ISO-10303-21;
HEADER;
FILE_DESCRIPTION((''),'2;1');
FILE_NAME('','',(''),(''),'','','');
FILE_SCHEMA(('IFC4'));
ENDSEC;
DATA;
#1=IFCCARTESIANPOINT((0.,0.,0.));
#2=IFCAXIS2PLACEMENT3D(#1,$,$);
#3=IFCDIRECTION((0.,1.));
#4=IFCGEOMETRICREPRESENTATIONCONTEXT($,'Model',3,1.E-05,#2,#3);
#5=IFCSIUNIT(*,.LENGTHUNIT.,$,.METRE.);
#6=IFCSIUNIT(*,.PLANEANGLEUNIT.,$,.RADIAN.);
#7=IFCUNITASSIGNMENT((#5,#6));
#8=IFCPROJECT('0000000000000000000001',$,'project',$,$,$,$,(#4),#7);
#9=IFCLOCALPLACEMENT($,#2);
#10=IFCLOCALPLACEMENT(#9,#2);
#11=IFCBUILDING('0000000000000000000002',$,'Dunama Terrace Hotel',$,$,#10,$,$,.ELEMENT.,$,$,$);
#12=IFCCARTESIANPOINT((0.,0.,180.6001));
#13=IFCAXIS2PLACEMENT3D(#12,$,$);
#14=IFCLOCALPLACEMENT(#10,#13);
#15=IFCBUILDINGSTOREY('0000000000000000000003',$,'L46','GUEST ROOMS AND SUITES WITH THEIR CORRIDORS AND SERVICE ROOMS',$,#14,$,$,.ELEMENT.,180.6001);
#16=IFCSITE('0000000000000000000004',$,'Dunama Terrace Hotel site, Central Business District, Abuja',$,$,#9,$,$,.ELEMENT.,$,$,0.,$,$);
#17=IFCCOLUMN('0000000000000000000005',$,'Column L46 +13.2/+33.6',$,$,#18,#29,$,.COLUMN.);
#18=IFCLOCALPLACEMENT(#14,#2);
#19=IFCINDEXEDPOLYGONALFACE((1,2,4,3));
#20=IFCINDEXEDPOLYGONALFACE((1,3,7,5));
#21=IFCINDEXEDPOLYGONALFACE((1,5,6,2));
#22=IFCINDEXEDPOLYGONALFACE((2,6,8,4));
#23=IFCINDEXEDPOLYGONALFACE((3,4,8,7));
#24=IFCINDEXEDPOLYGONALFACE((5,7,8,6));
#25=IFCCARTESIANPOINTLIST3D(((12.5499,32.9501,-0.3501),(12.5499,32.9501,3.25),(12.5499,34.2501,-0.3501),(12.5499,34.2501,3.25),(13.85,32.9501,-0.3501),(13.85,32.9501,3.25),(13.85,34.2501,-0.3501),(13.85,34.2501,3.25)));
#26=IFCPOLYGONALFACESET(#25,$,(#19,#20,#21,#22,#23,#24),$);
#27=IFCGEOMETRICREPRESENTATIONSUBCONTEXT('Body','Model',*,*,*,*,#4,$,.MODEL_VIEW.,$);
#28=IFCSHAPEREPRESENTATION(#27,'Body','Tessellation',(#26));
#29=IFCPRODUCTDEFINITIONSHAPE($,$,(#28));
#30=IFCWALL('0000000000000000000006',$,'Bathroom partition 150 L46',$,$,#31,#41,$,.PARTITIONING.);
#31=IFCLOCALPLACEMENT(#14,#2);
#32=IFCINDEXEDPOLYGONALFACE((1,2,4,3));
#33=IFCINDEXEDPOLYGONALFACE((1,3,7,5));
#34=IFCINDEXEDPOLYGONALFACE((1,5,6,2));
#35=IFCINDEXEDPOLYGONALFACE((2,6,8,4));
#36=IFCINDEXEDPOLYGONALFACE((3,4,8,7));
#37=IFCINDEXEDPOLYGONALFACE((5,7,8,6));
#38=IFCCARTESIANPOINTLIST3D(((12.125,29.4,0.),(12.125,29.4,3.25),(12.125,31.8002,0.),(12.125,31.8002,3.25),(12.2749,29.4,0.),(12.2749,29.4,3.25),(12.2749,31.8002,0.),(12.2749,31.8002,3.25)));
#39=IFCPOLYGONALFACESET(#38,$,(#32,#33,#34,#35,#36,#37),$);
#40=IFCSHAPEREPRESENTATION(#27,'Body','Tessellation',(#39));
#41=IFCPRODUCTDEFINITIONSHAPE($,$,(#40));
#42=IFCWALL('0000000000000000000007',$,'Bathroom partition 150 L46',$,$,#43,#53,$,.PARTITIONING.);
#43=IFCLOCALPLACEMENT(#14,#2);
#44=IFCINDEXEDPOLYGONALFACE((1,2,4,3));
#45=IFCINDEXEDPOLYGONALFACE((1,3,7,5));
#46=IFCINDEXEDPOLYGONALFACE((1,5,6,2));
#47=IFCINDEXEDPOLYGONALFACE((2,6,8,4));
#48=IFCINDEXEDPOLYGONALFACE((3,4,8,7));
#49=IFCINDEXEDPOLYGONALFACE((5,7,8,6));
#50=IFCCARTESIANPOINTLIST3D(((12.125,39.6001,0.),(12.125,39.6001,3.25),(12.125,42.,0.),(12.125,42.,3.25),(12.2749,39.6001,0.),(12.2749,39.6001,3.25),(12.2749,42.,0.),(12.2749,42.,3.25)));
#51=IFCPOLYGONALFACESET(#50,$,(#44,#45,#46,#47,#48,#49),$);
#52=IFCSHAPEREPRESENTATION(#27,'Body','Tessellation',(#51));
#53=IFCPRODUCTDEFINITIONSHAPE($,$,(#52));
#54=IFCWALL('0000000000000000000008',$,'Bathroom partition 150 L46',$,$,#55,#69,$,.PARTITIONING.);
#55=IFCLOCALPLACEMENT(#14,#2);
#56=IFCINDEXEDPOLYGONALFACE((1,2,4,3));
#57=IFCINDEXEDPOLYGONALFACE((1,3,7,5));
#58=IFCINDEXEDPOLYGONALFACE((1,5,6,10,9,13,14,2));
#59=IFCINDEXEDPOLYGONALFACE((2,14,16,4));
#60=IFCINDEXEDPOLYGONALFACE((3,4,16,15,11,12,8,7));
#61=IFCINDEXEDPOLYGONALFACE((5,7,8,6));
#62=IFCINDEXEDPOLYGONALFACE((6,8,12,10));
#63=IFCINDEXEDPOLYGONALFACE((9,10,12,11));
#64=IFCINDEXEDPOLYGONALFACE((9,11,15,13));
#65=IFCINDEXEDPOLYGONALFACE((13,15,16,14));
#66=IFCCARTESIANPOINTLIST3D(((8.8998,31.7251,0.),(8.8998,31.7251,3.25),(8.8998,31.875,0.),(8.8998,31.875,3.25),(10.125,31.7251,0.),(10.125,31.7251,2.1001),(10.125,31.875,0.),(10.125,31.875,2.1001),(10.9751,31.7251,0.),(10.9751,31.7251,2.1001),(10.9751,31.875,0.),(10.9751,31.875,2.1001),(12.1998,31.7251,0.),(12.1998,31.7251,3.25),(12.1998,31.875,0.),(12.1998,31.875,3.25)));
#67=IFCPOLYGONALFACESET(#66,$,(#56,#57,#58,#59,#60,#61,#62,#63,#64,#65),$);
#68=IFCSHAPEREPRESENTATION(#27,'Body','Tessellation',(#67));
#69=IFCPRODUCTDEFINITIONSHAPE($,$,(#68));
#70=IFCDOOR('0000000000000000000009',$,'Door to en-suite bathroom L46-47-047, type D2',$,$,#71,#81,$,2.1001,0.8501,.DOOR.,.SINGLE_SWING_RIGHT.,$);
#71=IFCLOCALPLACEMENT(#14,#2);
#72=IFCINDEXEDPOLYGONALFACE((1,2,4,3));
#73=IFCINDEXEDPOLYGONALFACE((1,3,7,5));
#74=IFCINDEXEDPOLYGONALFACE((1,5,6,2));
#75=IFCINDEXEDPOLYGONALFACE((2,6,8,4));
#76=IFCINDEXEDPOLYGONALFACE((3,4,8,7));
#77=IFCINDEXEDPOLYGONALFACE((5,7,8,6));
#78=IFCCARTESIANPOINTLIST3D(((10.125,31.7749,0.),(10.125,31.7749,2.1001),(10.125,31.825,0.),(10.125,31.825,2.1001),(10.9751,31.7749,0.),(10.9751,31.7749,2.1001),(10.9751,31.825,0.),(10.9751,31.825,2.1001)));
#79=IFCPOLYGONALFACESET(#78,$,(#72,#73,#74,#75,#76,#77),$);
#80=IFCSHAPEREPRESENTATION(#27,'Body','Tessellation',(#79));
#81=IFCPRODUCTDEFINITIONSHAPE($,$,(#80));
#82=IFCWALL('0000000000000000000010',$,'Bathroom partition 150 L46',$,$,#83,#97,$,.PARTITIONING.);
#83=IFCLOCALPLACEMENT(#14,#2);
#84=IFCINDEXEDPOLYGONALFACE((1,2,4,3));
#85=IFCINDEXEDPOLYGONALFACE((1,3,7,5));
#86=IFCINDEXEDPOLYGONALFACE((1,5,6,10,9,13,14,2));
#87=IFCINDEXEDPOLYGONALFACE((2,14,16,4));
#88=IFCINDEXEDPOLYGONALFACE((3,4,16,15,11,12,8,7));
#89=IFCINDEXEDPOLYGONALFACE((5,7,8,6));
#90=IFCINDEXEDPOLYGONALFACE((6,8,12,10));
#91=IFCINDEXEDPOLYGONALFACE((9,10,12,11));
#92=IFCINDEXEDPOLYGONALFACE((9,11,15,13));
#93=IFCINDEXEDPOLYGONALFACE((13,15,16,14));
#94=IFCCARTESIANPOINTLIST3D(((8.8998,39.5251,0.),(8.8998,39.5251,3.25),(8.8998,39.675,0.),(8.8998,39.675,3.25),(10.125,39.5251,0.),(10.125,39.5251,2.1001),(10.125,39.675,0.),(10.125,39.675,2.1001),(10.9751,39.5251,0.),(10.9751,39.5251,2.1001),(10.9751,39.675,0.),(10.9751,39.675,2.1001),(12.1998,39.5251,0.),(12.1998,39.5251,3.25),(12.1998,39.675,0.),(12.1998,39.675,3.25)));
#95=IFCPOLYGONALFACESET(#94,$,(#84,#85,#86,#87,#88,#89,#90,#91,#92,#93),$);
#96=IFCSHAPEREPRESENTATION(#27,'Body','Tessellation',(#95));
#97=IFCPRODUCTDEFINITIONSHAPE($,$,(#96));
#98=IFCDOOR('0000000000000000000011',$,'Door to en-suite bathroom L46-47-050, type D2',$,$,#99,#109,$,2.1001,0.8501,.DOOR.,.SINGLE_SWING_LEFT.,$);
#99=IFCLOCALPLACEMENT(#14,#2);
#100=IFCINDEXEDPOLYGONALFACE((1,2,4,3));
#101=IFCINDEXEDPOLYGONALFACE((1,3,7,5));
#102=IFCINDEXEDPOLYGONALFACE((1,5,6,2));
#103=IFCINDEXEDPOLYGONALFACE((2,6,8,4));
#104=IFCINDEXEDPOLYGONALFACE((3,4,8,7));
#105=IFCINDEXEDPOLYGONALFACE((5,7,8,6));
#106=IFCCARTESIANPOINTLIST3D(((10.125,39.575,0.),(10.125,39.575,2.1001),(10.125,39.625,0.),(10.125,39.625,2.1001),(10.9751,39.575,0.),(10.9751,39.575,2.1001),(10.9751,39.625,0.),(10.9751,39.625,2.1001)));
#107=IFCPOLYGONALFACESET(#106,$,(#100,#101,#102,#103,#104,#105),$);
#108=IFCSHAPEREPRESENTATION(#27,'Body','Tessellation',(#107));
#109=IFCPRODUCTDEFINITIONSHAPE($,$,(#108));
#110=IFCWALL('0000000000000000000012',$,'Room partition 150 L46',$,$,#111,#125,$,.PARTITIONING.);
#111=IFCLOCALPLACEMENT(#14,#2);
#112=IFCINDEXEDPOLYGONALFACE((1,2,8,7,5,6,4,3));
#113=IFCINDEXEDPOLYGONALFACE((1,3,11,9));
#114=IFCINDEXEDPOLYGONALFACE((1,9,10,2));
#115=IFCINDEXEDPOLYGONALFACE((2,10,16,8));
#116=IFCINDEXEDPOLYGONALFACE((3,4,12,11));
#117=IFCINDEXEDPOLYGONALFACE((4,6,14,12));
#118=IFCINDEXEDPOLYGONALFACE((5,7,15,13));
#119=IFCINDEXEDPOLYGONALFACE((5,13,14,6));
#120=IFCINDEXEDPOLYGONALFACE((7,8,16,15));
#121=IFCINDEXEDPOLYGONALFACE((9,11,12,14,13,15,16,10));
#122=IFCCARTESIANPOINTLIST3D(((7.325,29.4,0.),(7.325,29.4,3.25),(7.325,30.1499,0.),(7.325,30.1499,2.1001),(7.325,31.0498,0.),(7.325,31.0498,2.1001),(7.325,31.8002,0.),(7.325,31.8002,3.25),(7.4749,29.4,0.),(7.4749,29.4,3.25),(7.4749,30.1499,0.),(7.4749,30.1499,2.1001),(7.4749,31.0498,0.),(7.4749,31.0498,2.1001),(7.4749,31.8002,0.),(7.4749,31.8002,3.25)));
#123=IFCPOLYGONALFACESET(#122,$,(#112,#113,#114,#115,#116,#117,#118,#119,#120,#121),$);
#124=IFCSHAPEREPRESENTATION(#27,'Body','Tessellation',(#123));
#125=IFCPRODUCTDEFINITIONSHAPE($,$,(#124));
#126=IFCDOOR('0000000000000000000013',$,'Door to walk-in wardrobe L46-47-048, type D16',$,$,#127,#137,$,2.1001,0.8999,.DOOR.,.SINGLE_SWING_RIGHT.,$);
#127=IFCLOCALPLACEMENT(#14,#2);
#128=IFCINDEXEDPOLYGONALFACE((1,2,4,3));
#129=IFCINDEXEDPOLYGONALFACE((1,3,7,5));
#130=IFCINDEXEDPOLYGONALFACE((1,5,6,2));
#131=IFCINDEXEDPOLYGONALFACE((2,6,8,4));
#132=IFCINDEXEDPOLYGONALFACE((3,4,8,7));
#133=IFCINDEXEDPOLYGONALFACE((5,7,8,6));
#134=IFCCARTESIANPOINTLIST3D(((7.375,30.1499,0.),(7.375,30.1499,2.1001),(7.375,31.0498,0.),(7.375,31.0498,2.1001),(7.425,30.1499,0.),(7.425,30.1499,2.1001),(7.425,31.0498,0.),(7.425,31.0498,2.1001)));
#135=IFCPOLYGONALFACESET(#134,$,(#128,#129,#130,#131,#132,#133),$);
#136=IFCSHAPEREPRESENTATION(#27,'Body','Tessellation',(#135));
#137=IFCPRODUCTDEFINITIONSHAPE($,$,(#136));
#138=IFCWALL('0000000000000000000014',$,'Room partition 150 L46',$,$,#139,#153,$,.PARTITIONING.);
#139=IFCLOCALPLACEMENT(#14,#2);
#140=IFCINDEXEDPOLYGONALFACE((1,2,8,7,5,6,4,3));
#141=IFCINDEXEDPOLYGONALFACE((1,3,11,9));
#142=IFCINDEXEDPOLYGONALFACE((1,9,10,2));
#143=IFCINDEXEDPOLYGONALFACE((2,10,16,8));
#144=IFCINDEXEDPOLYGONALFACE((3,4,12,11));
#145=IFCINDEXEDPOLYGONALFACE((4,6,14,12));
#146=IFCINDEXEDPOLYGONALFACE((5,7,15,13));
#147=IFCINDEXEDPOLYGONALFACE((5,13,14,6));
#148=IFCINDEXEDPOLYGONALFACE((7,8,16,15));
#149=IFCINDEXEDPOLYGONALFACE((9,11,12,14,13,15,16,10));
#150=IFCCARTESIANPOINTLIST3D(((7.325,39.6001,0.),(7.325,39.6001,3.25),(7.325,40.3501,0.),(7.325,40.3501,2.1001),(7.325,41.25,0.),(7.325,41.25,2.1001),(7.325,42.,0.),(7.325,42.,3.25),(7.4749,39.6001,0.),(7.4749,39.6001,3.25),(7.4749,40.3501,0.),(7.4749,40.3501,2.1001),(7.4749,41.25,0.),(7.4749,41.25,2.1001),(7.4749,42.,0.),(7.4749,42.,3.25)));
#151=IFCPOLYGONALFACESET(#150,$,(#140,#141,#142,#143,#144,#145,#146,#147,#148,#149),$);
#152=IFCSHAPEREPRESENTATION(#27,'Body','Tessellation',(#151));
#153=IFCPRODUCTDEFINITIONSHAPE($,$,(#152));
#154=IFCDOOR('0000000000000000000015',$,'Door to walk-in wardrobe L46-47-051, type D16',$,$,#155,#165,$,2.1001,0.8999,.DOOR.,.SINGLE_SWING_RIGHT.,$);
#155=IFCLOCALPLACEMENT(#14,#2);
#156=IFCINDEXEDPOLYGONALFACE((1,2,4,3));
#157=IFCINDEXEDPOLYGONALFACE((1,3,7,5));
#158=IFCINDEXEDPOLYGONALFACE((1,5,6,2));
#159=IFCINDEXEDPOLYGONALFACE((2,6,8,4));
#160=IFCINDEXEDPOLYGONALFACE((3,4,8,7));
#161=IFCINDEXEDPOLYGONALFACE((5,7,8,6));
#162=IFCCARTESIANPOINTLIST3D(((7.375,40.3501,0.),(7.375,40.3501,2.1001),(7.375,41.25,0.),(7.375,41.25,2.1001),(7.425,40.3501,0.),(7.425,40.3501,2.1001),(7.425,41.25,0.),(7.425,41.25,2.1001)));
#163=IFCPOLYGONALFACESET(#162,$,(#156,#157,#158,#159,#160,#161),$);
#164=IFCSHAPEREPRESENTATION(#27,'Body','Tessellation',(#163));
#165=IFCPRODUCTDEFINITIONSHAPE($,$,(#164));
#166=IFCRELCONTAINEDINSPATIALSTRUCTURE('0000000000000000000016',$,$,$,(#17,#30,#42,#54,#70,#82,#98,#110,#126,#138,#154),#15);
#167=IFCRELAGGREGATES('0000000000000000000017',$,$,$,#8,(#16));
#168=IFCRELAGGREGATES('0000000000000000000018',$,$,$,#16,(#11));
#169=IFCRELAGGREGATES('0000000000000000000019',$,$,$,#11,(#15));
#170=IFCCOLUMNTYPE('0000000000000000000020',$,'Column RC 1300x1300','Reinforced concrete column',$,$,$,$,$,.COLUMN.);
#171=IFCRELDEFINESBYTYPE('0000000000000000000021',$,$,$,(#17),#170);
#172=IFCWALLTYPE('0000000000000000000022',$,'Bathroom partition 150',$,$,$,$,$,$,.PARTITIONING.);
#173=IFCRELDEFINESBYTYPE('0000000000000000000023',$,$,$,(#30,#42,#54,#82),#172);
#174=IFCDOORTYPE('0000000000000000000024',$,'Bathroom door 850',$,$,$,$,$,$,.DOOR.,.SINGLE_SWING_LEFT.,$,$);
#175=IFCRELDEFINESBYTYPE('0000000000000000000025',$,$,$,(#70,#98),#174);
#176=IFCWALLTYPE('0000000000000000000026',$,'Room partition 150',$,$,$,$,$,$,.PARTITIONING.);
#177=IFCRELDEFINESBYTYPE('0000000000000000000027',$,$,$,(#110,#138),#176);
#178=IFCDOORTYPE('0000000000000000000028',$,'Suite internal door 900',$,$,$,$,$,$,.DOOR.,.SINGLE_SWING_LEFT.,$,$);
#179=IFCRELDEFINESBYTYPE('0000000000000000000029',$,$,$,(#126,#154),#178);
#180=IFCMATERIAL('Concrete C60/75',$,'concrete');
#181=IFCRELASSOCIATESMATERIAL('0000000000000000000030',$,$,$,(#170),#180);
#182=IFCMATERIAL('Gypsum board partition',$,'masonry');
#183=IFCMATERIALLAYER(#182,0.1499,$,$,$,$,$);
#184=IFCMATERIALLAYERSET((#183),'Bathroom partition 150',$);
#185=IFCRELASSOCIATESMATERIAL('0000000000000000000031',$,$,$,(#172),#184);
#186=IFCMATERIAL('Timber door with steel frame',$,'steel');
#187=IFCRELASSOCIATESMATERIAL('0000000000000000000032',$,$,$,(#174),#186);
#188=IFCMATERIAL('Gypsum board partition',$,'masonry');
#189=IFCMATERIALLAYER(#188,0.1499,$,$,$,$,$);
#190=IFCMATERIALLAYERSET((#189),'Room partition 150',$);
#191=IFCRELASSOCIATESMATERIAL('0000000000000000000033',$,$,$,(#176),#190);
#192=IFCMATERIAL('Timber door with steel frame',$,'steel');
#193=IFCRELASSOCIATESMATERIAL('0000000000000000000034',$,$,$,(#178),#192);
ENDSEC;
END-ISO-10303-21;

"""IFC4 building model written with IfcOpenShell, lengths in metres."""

from ifc_helpers import new_model, si_unit, direction, frame, frame_2d, origin, origin_2d, place, context, subcontext, project, spatial, rectangle, extrude, material, layer, layer_set, material_profile, profile_set, type_object, element, fill, save


model = new_model("IFC4")

# Units and contexts
model_context = context("Model", 3, precision=1e-05, world=origin(), true_north=direction((0.0, 1.0)))
body_context = subcontext(model_context, "Body", "Model", "MODEL_VIEW")
ifc_project = project(units=[si_unit("LENGTHUNIT", "METRE"), si_unit("PLANEANGLEUNIT", "RADIAN")], contexts=[model_context])

# Site, building, storey
site_placement = place(None, origin())
site = spatial("IfcSite", under=ifc_project, at=site_placement, Name="Dunama Terrace Hotel site, Central Business District, Abuja", CompositionType="ELEMENT", RefElevation=0.0)
building_placement = place(site_placement, origin())
building = spatial("IfcBuilding", under=site, at=building_placement, Name="Dunama Terrace Hotel", CompositionType="ELEMENT")
storey_placement = place(building_placement, frame((0.0, 0.0, 180.6001)))
storey = spatial("IfcBuildingStorey", under=building, at=storey_placement, Name="L46", Description="GUEST ROOMS AND SUITES WITH THEIR CORRIDORS AND SERVICE ROOMS", CompositionType="ELEMENT", Elevation=180.6001)

# Column
ifc_material_1 = material(Name="Concrete C60/75", Category="concrete")
ifc_material_profile = material_profile(ifc_material_1, rectangle(XDim=1.3, YDim=1.3, at=origin_2d()), Name="RC 1300x1300")
ifc_profile_set = profile_set([ifc_material_profile], Name="Concrete C60/75")
column_type = type_object("IfcColumnType", Name="Column RC 1300x1300", Description="Reinforced concrete column", PredefinedType="COLUMN", material=ifc_profile_set)
column_placement = place(storey_placement, frame((13.2, 33.6001, -0.3501), z_axis=(0.0, 0.0, 1.0), x_axis=(1.0, 0.0, 0.0)))
element("IfcColumn", 1, at=column_placement, inside=storey, type_object=column_type, Name="Column L46 +13.2/+33.6", PredefinedType="COLUMN", context=body_context, shape_type="SweptSolid", body=[
    extrude(rectangle(XDim=1.3, YDim=1.3, at=origin_2d()), origin(), (0.0, 0.0, 1.0), 3.6001),
])

# Walls
ifc_material_2 = material(Name="Gypsum board partition", Category="masonry")
ifc_layer_1 = layer(ifc_material_2, 0.1499)
ifc_layer_set_1 = layer_set([ifc_layer_1], Name="Bathroom partition 150")
wall_type_1 = type_object("IfcWallType", Name="Bathroom partition 150", PredefinedType="PARTITIONING", material=ifc_layer_set_1)
wall_1_placement = place(storey_placement, frame((12.2, 29.3999, 0.0), z_axis=(0.0, 0.0, 1.0), x_axis=(0.0, 1.0, 0.0)))
element("IfcWall", 2, at=wall_1_placement, inside=storey, type_object=wall_type_1, Name="Bathroom partition 150 L46", PredefinedType="PARTITIONING", context=body_context, shape_type="SweptSolid", body=[
    extrude(rectangle(XDim=2.4001, YDim=0.1499, at=frame_2d((1.2002, 0.0))), origin(), (0.0, 0.0, 1.0), 3.25),
])
wall_2_placement = place(storey_placement, frame((12.2, 39.6001, 0.0), z_axis=(0.0, 0.0, 1.0), x_axis=(0.0, 1.0, 0.0)))
element("IfcWall", 3, at=wall_2_placement, inside=storey, type_object=wall_type_1, Name="Bathroom partition 150 L46", PredefinedType="PARTITIONING", context=body_context, shape_type="SweptSolid", body=[
    extrude(rectangle(XDim=2.3999, YDim=0.1499, at=frame_2d((1.2, 0.0))), origin(), (0.0, 0.0, 1.0), 3.25),
])

# Walls, openings, doors
wall_3_placement = place(storey_placement, frame((8.8999, 31.8, 0.0), z_axis=(0.0, 0.0, 1.0), x_axis=(1.0, 0.0, 0.0)))
wall_3 = element("IfcWall", 4, at=wall_3_placement, inside=storey, type_object=wall_type_1, Name="Bathroom partition 150 L46", PredefinedType="PARTITIONING", context=body_context, shape_type="SweptSolid", body=[
    extrude(rectangle(XDim=3.3, YDim=0.1499, at=frame_2d((1.6499, 0.0))), origin(), (0.0, 0.0, 1.0), 3.25),
])
opening_1_placement = place(wall_3_placement, frame((1.2251, 0.0, 0.0)))
opening_1 = element("IfcOpeningElement", 5, at=opening_1_placement, cuts=wall_3, PredefinedType="OPENING", context=body_context, shape_type="SweptSolid", body=[
    extrude(rectangle(XDim=0.8501, YDim=2.1001, at=frame_2d((0.425, 1.05))), frame((0.0, 0.085, 0.0), z_axis=(0.0, -1.0, 0.0), x_axis=(1.0, 0.0, 0.0)), (0.0, 0.0, 1.0), 0.1699),
])
ifc_material_3 = material(Name="Timber door with steel frame", Category="steel")
door_type_1 = type_object("IfcDoorType", Name="Bathroom door 850", OperationType="SINGLE_SWING_LEFT", PredefinedType="DOOR", material=ifc_material_3)
door_1_placement = place(opening_1_placement, frame((0.8501, 0.0, 0.0), z_axis=(0.0, 0.0, 1.0), x_axis=(-1.0, 0.0, 0.0)))
door_1 = element("IfcDoor", 6, at=door_1_placement, inside=storey, type_object=door_type_1, Name="Door to en-suite bathroom L46-47-047, type D2", OperationType="SINGLE_SWING_RIGHT", OverallHeight=2.1001, OverallWidth=0.8501, PredefinedType="DOOR", context=body_context, shape_type="SweptSolid", body=[
    extrude(rectangle(XDim=0.8501, YDim=2.1001, at=frame_2d((0.425, 1.05))), frame((0.0, 0.0251, 0.0), z_axis=(0.0, -1.0, 0.0), x_axis=(1.0, 0.0, 0.0)), (0.0, 0.0, 1.0), 0.05),
])
fill(opening_1, door_1)
wall_4_placement = place(storey_placement, frame((8.8999, 39.6001, 0.0), z_axis=(0.0, 0.0, 1.0), x_axis=(1.0, 0.0, 0.0)))
wall_4 = element("IfcWall", 7, at=wall_4_placement, inside=storey, type_object=wall_type_1, Name="Bathroom partition 150 L46", PredefinedType="PARTITIONING", context=body_context, shape_type="SweptSolid", body=[
    extrude(rectangle(XDim=3.3, YDim=0.1499, at=frame_2d((1.6499, 0.0))), origin(), (0.0, 0.0, 1.0), 3.25),
])
opening_2_placement = place(wall_4_placement, frame((1.2251, 0.0, 0.0)))
opening_2 = element("IfcOpeningElement", 8, at=opening_2_placement, cuts=wall_4, PredefinedType="OPENING", context=body_context, shape_type="SweptSolid", body=[
    extrude(rectangle(XDim=0.8501, YDim=2.1001, at=frame_2d((0.425, 1.05))), frame((0.0, 0.085, 0.0), z_axis=(0.0, -1.0, 0.0), x_axis=(1.0, 0.0, 0.0)), (0.0, 0.0, 1.0), 0.1699),
])
door_2_placement = place(opening_2_placement, origin())
door_2 = element("IfcDoor", 9, at=door_2_placement, inside=storey, type_object=door_type_1, Name="Door to en-suite bathroom L46-47-050, type D2", OperationType="SINGLE_SWING_LEFT", OverallHeight=2.1001, OverallWidth=0.8501, PredefinedType="DOOR", context=body_context, shape_type="SweptSolid", body=[
    extrude(rectangle(XDim=0.8501, YDim=2.1001, at=frame_2d((0.425, 1.05))), frame((0.0, 0.0249, 0.0), z_axis=(0.0, -1.0, 0.0), x_axis=(1.0, 0.0, 0.0)), (0.0, 0.0, 1.0), 0.05),
])
fill(opening_2, door_2)
ifc_material_4 = material(Name="Gypsum board partition", Category="masonry")
ifc_layer_2 = layer(ifc_material_4, 0.1499)
ifc_layer_set_2 = layer_set([ifc_layer_2], Name="Room partition 150")
wall_type_2 = type_object("IfcWallType", Name="Room partition 150", PredefinedType="PARTITIONING", material=ifc_layer_set_2)
wall_5_placement = place(storey_placement, frame((7.3999, 29.3999, 0.0), z_axis=(0.0, 0.0, 1.0), x_axis=(0.0, 1.0, 0.0)))
wall_5 = element("IfcWall", 10, at=wall_5_placement, inside=storey, type_object=wall_type_2, Name="Room partition 150 L46", PredefinedType="PARTITIONING", context=body_context, shape_type="SweptSolid", body=[
    extrude(rectangle(XDim=2.4001, YDim=0.1499, at=frame_2d((1.2002, 0.0))), origin(), (0.0, 0.0, 1.0), 3.25),
])
opening_3_placement = place(wall_5_placement, frame((0.75, 0.0, 0.0)))
opening_3 = element("IfcOpeningElement", 11, at=opening_3_placement, cuts=wall_5, PredefinedType="OPENING", context=body_context, shape_type="SweptSolid", body=[
    extrude(rectangle(XDim=0.8999, YDim=2.1001, at=frame_2d((0.45, 1.05))), frame((0.0, 0.085, 0.0), z_axis=(0.0, -1.0, 0.0), x_axis=(1.0, 0.0, 0.0)), (0.0, 0.0, 1.0), 0.1699),
])
ifc_material_5 = material(Name="Timber door with steel frame", Category="steel")
door_type_2 = type_object("IfcDoorType", Name="Suite internal door 900", OperationType="SINGLE_SWING_LEFT", PredefinedType="DOOR", material=ifc_material_5)
door_3_placement = place(opening_3_placement, frame((0.8999, 0.0, 0.0), z_axis=(0.0, 0.0, 1.0), x_axis=(-1.0, 0.0, 0.0)))
door_3 = element("IfcDoor", 12, at=door_3_placement, inside=storey, type_object=door_type_2, Name="Door to walk-in wardrobe L46-47-048, type D16", OperationType="SINGLE_SWING_RIGHT", OverallHeight=2.1001, OverallWidth=0.8999, PredefinedType="DOOR", context=body_context, shape_type="SweptSolid", body=[
    extrude(rectangle(XDim=0.8999, YDim=2.1001, at=frame_2d((0.45, 1.05))), frame((0.0, 0.0251, 0.0), z_axis=(0.0, -1.0, 0.0), x_axis=(1.0, 0.0, 0.0)), (0.0, 0.0, 1.0), 0.05),
])
fill(opening_3, door_3)
wall_6_placement = place(storey_placement, frame((7.3999, 39.6001, 0.0), z_axis=(0.0, 0.0, 1.0), x_axis=(0.0, 1.0, 0.0)))
wall_6 = element("IfcWall", 13, at=wall_6_placement, inside=storey, type_object=wall_type_2, Name="Room partition 150 L46", PredefinedType="PARTITIONING", context=body_context, shape_type="SweptSolid", body=[
    extrude(rectangle(XDim=2.3999, YDim=0.1499, at=frame_2d((1.2, 0.0))), origin(), (0.0, 0.0, 1.0), 3.25),
])
opening_4_placement = place(wall_6_placement, frame((0.75, 0.0, 0.0)))
opening_4 = element("IfcOpeningElement", 14, at=opening_4_placement, cuts=wall_6, PredefinedType="OPENING", context=body_context, shape_type="SweptSolid", body=[
    extrude(rectangle(XDim=0.8999, YDim=2.1001, at=frame_2d((0.45, 1.05))), frame((0.0, 0.085, 0.0), z_axis=(0.0, -1.0, 0.0), x_axis=(1.0, 0.0, 0.0)), (0.0, 0.0, 1.0), 0.1699),
])
door_4_placement = place(opening_4_placement, frame((0.8999, 0.0, 0.0), z_axis=(0.0, 0.0, 1.0), x_axis=(-1.0, 0.0, 0.0)))
door_4 = element("IfcDoor", 15, at=door_4_placement, inside=storey, type_object=door_type_2, Name="Door to walk-in wardrobe L46-47-051, type D16", OperationType="SINGLE_SWING_RIGHT", OverallHeight=2.1001, OverallWidth=0.8999, PredefinedType="DOOR", context=body_context, shape_type="SweptSolid", body=[
    extrude(rectangle(XDim=0.8999, YDim=2.1001, at=frame_2d((0.45, 1.05))), frame((0.0, 0.0251, 0.0), z_axis=(0.0, -1.0, 0.0), x_axis=(1.0, 0.0, 0.0)), (0.0, 0.0, 1.0), 0.05),
])
fill(opening_4, door_4)

save(model, "model.ifc")
